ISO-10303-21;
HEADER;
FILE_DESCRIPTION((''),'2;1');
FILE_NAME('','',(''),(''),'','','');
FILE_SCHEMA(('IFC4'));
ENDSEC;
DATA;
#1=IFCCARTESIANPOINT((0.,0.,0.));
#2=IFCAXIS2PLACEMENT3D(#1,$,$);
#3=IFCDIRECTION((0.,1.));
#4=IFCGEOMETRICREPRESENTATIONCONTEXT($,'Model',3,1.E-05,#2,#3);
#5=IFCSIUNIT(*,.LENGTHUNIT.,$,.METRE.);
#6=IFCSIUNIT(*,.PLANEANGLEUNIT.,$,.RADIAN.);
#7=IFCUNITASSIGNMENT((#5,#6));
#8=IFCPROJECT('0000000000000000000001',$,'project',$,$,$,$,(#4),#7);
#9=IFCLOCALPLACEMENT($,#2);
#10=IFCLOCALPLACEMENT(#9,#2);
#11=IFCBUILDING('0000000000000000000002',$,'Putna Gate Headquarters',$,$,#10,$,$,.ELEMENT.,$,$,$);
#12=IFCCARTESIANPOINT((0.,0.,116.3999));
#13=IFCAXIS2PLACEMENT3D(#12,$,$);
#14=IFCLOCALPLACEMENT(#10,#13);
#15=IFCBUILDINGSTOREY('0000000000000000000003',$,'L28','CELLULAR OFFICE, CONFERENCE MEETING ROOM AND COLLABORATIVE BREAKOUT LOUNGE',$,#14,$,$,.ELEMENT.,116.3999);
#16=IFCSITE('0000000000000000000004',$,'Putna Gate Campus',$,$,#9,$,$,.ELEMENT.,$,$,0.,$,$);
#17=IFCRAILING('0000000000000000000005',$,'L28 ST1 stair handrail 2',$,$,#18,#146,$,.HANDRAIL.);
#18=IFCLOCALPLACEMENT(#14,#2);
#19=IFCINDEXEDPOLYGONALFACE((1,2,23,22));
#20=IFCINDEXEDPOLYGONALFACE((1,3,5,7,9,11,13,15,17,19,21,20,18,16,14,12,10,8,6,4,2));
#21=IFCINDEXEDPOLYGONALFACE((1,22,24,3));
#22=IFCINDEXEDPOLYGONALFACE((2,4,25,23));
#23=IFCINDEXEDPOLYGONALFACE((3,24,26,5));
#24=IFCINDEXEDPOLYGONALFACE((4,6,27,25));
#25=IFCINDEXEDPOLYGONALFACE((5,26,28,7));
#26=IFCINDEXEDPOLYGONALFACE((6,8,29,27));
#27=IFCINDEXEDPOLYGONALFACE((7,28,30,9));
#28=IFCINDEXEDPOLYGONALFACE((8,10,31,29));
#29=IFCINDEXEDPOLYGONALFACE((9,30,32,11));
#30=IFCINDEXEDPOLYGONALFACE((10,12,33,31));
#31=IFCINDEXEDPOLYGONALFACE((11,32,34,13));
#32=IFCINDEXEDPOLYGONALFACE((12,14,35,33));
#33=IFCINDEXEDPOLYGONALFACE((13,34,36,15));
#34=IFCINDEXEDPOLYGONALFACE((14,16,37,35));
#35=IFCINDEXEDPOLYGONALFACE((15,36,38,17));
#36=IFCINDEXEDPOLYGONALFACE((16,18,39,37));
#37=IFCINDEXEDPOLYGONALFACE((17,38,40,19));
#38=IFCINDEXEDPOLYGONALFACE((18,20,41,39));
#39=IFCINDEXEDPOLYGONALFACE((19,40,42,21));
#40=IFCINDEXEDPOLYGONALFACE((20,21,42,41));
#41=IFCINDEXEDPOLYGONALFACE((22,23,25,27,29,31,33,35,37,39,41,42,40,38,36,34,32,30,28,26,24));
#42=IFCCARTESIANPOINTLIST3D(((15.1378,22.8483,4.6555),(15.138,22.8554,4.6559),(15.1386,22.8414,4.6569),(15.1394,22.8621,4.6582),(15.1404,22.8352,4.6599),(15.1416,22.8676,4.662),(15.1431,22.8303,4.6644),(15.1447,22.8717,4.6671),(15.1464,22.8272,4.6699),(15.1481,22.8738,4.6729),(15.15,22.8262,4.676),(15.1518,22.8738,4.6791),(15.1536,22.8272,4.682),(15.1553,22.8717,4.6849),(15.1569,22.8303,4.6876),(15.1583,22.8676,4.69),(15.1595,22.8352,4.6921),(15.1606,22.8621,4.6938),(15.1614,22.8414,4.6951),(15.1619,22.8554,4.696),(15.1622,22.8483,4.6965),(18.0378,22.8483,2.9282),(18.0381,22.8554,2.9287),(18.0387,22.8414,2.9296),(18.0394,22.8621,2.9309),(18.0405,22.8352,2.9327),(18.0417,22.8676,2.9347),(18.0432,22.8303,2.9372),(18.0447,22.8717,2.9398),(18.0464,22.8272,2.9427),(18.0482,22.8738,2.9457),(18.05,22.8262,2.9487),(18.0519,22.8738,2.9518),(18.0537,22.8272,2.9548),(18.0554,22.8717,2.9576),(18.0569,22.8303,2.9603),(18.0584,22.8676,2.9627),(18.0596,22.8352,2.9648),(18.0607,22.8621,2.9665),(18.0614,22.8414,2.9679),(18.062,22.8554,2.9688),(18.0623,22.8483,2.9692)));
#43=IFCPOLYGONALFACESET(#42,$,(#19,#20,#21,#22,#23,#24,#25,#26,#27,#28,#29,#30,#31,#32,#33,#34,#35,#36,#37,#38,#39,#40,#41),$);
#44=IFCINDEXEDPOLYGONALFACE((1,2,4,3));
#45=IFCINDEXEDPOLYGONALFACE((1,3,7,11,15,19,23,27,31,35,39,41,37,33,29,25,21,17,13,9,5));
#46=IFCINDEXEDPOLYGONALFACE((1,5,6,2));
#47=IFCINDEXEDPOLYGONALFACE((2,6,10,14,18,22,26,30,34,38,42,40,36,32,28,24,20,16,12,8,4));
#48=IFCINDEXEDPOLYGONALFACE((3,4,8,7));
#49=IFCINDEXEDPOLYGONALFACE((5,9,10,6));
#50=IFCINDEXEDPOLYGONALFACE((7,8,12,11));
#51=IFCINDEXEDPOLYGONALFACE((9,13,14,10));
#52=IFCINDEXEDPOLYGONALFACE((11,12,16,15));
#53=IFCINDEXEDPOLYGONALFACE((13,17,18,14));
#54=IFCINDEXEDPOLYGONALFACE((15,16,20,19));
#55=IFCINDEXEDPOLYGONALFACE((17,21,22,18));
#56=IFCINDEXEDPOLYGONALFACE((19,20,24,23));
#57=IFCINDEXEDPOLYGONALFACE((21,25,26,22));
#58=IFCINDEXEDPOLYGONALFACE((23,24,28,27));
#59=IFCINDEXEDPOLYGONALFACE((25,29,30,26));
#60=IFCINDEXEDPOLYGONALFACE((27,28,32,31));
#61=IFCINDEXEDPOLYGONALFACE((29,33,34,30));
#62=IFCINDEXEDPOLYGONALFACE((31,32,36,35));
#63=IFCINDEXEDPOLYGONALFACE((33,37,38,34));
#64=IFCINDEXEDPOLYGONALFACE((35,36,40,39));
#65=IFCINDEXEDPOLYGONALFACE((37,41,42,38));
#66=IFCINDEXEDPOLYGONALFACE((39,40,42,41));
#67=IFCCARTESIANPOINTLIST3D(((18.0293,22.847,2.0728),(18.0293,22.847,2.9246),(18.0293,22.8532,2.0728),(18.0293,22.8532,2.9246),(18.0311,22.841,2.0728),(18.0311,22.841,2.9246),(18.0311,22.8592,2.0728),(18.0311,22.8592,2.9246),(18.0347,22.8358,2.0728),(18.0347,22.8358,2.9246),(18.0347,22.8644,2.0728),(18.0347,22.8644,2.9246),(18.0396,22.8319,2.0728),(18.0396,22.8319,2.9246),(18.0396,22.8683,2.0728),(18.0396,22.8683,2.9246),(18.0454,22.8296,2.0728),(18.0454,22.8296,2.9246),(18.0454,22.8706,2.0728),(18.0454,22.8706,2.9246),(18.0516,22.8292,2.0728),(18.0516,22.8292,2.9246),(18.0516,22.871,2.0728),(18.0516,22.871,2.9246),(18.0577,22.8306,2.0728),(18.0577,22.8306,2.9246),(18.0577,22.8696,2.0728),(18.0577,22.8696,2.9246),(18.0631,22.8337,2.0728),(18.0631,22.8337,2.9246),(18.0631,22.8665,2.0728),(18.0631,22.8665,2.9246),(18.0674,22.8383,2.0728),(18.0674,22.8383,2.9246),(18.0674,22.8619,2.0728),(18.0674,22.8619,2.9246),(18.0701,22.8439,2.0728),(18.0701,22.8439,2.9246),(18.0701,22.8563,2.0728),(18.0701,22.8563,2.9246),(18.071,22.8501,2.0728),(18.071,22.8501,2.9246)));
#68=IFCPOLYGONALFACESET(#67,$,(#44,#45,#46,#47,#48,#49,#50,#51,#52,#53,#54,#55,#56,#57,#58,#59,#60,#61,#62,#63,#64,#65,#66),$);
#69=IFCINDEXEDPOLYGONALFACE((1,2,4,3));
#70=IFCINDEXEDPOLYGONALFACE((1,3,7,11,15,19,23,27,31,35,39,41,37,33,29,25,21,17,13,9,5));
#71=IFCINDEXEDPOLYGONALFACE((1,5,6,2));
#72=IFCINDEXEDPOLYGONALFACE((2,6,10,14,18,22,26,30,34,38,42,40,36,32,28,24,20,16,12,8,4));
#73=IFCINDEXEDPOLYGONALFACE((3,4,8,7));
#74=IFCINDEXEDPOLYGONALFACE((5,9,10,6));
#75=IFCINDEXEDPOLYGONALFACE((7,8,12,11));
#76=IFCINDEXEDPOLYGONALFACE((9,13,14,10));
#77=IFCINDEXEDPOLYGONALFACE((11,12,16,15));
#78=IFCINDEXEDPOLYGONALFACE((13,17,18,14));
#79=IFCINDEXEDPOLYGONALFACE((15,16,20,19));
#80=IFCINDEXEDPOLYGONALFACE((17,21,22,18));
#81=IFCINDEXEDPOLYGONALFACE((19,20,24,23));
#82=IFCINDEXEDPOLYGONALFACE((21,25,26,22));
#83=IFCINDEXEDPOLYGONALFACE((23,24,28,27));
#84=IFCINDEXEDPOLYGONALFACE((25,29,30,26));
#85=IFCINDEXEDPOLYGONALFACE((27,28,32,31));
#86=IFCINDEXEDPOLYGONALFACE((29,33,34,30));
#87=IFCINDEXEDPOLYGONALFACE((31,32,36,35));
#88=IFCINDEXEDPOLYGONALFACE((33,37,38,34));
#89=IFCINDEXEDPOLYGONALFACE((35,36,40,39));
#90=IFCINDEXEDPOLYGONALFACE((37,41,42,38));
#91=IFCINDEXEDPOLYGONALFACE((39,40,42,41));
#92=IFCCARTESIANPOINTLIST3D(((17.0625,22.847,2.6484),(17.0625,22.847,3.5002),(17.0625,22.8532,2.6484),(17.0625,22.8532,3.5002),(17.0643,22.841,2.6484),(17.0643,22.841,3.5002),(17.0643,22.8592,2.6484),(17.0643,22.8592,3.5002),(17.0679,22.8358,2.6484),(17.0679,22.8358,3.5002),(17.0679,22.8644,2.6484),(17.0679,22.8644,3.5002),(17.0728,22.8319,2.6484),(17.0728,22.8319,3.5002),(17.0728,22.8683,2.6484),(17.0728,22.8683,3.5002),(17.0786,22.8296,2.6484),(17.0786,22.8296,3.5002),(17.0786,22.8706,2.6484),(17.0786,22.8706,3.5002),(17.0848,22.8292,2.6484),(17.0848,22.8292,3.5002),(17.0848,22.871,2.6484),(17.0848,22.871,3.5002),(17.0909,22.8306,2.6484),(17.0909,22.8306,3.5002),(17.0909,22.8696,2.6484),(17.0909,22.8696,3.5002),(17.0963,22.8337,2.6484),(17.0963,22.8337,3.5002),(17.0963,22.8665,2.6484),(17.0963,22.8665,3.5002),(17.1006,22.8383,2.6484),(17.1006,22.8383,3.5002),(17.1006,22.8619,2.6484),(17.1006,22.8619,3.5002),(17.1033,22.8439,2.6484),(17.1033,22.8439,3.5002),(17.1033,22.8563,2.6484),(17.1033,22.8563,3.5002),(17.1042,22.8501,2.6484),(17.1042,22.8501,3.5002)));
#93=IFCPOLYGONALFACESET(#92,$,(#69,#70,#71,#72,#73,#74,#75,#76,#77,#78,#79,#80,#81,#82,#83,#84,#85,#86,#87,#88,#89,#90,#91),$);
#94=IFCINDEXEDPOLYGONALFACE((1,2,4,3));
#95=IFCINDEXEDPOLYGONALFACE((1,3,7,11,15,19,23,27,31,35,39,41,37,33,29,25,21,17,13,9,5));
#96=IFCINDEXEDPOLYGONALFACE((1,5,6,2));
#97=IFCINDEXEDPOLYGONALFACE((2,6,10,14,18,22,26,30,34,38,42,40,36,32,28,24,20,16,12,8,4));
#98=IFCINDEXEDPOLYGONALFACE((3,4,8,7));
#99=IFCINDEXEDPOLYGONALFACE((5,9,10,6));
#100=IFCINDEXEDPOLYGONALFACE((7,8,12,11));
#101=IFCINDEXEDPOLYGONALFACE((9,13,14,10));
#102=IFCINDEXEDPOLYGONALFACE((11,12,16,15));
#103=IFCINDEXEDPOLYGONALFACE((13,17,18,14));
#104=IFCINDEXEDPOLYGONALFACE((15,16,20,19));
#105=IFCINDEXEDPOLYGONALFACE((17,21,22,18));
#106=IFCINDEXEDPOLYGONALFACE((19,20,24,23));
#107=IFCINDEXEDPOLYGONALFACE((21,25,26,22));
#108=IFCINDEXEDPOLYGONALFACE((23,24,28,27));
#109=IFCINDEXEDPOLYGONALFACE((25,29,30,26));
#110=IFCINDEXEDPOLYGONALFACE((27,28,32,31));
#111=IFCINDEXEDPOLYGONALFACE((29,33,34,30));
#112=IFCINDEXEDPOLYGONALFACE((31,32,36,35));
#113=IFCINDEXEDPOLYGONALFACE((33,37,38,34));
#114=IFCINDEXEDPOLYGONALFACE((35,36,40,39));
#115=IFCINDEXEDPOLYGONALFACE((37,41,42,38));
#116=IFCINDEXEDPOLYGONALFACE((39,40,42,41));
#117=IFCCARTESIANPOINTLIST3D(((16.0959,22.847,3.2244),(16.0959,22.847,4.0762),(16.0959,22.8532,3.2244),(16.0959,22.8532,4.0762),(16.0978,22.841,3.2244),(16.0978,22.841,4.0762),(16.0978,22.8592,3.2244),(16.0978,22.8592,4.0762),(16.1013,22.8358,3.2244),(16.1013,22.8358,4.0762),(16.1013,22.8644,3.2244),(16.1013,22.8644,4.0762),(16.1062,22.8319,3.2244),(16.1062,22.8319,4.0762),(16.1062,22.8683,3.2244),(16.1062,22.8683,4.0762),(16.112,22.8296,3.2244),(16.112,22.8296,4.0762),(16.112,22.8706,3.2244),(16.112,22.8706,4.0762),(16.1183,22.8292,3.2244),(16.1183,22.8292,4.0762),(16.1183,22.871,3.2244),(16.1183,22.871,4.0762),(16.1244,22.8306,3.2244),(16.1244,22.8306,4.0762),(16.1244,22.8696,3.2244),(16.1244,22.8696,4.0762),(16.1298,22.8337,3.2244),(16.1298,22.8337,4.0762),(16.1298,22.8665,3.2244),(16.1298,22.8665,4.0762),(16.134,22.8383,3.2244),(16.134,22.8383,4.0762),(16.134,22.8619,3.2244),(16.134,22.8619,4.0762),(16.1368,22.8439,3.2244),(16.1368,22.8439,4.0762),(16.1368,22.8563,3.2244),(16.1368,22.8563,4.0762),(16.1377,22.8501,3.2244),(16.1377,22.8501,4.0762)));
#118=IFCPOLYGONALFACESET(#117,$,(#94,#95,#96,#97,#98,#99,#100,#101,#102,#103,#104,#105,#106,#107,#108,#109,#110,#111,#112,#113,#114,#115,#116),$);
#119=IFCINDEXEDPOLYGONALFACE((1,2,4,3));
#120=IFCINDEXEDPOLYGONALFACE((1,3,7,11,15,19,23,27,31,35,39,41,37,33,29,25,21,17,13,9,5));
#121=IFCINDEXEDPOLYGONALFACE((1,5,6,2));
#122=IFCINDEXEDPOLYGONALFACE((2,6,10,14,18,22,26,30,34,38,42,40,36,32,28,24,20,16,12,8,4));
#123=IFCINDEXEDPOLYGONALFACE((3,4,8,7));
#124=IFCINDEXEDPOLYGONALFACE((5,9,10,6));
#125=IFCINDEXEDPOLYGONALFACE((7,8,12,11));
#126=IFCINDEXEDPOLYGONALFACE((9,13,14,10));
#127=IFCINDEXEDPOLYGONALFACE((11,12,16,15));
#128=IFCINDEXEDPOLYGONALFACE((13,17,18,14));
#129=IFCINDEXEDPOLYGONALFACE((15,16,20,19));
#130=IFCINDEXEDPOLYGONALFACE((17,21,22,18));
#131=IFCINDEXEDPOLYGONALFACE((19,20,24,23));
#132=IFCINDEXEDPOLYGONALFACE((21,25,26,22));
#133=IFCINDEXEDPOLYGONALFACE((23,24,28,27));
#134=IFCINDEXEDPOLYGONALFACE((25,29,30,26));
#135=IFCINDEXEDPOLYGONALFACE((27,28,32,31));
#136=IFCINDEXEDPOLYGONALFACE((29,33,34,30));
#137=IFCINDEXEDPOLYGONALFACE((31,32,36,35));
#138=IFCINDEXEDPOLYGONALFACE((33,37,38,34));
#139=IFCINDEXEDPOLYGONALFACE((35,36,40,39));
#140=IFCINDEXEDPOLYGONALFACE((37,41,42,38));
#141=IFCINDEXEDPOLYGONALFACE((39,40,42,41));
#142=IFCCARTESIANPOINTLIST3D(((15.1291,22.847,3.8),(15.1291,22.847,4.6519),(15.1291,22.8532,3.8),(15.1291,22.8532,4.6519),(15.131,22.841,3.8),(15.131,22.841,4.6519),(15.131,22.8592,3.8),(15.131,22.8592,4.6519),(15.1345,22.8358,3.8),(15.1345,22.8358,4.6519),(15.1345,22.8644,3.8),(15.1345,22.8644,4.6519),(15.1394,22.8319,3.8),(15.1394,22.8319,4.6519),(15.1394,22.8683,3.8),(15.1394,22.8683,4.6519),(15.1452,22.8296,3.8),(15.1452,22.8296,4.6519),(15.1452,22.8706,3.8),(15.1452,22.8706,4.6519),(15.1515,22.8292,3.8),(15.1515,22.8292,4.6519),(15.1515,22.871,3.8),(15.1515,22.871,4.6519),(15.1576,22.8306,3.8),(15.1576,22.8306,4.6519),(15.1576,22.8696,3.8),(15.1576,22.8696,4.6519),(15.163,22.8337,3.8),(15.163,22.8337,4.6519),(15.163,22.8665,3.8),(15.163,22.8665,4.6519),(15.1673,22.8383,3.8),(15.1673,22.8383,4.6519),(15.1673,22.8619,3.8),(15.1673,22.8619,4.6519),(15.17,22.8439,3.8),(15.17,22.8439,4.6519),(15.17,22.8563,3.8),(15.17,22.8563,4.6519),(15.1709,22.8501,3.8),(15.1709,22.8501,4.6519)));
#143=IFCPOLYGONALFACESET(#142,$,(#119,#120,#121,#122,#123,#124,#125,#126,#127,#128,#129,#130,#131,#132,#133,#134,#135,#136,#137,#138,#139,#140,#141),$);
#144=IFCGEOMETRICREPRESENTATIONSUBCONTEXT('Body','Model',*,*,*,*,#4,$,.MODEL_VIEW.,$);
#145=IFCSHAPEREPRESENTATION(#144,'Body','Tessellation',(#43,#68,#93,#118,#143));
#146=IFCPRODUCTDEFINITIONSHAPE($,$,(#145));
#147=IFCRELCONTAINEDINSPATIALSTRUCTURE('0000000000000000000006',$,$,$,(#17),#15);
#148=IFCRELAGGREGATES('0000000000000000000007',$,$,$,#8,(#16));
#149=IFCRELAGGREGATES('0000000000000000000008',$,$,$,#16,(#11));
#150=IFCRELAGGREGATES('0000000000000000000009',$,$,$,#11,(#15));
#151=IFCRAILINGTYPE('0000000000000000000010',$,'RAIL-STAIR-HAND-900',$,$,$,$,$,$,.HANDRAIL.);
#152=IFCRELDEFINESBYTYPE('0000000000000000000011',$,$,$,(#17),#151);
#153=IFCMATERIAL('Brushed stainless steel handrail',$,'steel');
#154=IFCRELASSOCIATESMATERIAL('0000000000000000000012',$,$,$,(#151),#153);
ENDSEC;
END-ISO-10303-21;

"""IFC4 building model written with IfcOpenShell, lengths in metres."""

from ifc_helpers import new_model, si_unit, direction, frame, origin, origin_2d, place, context, subcontext, project, spatial, circle, extrude, material, type_object, element, save


model = new_model("IFC4")

# Units and contexts
model_context = context("Model", 3, precision=1e-05, world=origin(), true_north=direction((0.0, 1.0)))
body_context = subcontext(model_context, "Body", "Model", "MODEL_VIEW")
ifc_project = project(units=[si_unit("LENGTHUNIT", "METRE"), si_unit("PLANEANGLEUNIT", "RADIAN")], contexts=[model_context])

# Site, building, storey
site_placement = place(None, origin())
site = spatial("IfcSite", under=ifc_project, at=site_placement, Name="Putna Gate Campus", CompositionType="ELEMENT", RefElevation=0.0)
building_placement = place(site_placement, origin())
building = spatial("IfcBuilding", under=site, at=building_placement, Name="Putna Gate Headquarters", CompositionType="ELEMENT")
storey_placement = place(building_placement, frame((0.0, 0.0, 116.3999)))
storey = spatial("IfcBuildingStorey", under=building, at=storey_placement, Name="L28", Description="CELLULAR OFFICE, CONFERENCE MEETING ROOM AND COLLABORATIVE BREAKOUT LOUNGE", CompositionType="ELEMENT", Elevation=116.3999)

# Railing
ifc_material_1 = material(Name="Brushed stainless steel handrail", Category="steel")
railing_type_1 = type_object("IfcRailingType", Name="RAIL-STAIR-HAND-900", PredefinedType="HANDRAIL", material=ifc_material_1)
railing_1_placement = place(storey_placement, frame((18.05, 22.8501, 2.0728)))
element("IfcRailing", 1, at=railing_1_placement, inside=storey, type_object=railing_type_1, Name="L28 ST1 stair handrail 2", PredefinedType="HANDRAIL", context=body_context, shape_type="SweptSolid", body=[
    extrude(circle(Radius=0.0239, at=origin_2d()), frame((0.0, 0.0, 0.876), z_axis=(-0.85916, 0.0, 0.511706), x_axis=(0.0, -1.0, 0.0)), (0.0, 0.0, 1.0), 3.3755),
    extrude(circle(Radius=0.021, at=origin_2d()), origin(), (0.0, 0.0, 1.0), 0.8518),
    extrude(circle(Radius=0.021, at=origin_2d()), frame((-0.9668, 0.0, 0.5757)), (0.0, 0.0, 1.0), 0.8518),
    extrude(circle(Radius=0.021, at=origin_2d()), frame((-1.9333, 0.0, 1.1516)), (0.0, 0.0, 1.0), 0.8518),
    extrude(circle(Radius=0.021, at=origin_2d()), frame((-2.9001, 0.0, 1.7273)), (0.0, 0.0, 1.0), 0.8518),
])

save(model, "model.ifc")
